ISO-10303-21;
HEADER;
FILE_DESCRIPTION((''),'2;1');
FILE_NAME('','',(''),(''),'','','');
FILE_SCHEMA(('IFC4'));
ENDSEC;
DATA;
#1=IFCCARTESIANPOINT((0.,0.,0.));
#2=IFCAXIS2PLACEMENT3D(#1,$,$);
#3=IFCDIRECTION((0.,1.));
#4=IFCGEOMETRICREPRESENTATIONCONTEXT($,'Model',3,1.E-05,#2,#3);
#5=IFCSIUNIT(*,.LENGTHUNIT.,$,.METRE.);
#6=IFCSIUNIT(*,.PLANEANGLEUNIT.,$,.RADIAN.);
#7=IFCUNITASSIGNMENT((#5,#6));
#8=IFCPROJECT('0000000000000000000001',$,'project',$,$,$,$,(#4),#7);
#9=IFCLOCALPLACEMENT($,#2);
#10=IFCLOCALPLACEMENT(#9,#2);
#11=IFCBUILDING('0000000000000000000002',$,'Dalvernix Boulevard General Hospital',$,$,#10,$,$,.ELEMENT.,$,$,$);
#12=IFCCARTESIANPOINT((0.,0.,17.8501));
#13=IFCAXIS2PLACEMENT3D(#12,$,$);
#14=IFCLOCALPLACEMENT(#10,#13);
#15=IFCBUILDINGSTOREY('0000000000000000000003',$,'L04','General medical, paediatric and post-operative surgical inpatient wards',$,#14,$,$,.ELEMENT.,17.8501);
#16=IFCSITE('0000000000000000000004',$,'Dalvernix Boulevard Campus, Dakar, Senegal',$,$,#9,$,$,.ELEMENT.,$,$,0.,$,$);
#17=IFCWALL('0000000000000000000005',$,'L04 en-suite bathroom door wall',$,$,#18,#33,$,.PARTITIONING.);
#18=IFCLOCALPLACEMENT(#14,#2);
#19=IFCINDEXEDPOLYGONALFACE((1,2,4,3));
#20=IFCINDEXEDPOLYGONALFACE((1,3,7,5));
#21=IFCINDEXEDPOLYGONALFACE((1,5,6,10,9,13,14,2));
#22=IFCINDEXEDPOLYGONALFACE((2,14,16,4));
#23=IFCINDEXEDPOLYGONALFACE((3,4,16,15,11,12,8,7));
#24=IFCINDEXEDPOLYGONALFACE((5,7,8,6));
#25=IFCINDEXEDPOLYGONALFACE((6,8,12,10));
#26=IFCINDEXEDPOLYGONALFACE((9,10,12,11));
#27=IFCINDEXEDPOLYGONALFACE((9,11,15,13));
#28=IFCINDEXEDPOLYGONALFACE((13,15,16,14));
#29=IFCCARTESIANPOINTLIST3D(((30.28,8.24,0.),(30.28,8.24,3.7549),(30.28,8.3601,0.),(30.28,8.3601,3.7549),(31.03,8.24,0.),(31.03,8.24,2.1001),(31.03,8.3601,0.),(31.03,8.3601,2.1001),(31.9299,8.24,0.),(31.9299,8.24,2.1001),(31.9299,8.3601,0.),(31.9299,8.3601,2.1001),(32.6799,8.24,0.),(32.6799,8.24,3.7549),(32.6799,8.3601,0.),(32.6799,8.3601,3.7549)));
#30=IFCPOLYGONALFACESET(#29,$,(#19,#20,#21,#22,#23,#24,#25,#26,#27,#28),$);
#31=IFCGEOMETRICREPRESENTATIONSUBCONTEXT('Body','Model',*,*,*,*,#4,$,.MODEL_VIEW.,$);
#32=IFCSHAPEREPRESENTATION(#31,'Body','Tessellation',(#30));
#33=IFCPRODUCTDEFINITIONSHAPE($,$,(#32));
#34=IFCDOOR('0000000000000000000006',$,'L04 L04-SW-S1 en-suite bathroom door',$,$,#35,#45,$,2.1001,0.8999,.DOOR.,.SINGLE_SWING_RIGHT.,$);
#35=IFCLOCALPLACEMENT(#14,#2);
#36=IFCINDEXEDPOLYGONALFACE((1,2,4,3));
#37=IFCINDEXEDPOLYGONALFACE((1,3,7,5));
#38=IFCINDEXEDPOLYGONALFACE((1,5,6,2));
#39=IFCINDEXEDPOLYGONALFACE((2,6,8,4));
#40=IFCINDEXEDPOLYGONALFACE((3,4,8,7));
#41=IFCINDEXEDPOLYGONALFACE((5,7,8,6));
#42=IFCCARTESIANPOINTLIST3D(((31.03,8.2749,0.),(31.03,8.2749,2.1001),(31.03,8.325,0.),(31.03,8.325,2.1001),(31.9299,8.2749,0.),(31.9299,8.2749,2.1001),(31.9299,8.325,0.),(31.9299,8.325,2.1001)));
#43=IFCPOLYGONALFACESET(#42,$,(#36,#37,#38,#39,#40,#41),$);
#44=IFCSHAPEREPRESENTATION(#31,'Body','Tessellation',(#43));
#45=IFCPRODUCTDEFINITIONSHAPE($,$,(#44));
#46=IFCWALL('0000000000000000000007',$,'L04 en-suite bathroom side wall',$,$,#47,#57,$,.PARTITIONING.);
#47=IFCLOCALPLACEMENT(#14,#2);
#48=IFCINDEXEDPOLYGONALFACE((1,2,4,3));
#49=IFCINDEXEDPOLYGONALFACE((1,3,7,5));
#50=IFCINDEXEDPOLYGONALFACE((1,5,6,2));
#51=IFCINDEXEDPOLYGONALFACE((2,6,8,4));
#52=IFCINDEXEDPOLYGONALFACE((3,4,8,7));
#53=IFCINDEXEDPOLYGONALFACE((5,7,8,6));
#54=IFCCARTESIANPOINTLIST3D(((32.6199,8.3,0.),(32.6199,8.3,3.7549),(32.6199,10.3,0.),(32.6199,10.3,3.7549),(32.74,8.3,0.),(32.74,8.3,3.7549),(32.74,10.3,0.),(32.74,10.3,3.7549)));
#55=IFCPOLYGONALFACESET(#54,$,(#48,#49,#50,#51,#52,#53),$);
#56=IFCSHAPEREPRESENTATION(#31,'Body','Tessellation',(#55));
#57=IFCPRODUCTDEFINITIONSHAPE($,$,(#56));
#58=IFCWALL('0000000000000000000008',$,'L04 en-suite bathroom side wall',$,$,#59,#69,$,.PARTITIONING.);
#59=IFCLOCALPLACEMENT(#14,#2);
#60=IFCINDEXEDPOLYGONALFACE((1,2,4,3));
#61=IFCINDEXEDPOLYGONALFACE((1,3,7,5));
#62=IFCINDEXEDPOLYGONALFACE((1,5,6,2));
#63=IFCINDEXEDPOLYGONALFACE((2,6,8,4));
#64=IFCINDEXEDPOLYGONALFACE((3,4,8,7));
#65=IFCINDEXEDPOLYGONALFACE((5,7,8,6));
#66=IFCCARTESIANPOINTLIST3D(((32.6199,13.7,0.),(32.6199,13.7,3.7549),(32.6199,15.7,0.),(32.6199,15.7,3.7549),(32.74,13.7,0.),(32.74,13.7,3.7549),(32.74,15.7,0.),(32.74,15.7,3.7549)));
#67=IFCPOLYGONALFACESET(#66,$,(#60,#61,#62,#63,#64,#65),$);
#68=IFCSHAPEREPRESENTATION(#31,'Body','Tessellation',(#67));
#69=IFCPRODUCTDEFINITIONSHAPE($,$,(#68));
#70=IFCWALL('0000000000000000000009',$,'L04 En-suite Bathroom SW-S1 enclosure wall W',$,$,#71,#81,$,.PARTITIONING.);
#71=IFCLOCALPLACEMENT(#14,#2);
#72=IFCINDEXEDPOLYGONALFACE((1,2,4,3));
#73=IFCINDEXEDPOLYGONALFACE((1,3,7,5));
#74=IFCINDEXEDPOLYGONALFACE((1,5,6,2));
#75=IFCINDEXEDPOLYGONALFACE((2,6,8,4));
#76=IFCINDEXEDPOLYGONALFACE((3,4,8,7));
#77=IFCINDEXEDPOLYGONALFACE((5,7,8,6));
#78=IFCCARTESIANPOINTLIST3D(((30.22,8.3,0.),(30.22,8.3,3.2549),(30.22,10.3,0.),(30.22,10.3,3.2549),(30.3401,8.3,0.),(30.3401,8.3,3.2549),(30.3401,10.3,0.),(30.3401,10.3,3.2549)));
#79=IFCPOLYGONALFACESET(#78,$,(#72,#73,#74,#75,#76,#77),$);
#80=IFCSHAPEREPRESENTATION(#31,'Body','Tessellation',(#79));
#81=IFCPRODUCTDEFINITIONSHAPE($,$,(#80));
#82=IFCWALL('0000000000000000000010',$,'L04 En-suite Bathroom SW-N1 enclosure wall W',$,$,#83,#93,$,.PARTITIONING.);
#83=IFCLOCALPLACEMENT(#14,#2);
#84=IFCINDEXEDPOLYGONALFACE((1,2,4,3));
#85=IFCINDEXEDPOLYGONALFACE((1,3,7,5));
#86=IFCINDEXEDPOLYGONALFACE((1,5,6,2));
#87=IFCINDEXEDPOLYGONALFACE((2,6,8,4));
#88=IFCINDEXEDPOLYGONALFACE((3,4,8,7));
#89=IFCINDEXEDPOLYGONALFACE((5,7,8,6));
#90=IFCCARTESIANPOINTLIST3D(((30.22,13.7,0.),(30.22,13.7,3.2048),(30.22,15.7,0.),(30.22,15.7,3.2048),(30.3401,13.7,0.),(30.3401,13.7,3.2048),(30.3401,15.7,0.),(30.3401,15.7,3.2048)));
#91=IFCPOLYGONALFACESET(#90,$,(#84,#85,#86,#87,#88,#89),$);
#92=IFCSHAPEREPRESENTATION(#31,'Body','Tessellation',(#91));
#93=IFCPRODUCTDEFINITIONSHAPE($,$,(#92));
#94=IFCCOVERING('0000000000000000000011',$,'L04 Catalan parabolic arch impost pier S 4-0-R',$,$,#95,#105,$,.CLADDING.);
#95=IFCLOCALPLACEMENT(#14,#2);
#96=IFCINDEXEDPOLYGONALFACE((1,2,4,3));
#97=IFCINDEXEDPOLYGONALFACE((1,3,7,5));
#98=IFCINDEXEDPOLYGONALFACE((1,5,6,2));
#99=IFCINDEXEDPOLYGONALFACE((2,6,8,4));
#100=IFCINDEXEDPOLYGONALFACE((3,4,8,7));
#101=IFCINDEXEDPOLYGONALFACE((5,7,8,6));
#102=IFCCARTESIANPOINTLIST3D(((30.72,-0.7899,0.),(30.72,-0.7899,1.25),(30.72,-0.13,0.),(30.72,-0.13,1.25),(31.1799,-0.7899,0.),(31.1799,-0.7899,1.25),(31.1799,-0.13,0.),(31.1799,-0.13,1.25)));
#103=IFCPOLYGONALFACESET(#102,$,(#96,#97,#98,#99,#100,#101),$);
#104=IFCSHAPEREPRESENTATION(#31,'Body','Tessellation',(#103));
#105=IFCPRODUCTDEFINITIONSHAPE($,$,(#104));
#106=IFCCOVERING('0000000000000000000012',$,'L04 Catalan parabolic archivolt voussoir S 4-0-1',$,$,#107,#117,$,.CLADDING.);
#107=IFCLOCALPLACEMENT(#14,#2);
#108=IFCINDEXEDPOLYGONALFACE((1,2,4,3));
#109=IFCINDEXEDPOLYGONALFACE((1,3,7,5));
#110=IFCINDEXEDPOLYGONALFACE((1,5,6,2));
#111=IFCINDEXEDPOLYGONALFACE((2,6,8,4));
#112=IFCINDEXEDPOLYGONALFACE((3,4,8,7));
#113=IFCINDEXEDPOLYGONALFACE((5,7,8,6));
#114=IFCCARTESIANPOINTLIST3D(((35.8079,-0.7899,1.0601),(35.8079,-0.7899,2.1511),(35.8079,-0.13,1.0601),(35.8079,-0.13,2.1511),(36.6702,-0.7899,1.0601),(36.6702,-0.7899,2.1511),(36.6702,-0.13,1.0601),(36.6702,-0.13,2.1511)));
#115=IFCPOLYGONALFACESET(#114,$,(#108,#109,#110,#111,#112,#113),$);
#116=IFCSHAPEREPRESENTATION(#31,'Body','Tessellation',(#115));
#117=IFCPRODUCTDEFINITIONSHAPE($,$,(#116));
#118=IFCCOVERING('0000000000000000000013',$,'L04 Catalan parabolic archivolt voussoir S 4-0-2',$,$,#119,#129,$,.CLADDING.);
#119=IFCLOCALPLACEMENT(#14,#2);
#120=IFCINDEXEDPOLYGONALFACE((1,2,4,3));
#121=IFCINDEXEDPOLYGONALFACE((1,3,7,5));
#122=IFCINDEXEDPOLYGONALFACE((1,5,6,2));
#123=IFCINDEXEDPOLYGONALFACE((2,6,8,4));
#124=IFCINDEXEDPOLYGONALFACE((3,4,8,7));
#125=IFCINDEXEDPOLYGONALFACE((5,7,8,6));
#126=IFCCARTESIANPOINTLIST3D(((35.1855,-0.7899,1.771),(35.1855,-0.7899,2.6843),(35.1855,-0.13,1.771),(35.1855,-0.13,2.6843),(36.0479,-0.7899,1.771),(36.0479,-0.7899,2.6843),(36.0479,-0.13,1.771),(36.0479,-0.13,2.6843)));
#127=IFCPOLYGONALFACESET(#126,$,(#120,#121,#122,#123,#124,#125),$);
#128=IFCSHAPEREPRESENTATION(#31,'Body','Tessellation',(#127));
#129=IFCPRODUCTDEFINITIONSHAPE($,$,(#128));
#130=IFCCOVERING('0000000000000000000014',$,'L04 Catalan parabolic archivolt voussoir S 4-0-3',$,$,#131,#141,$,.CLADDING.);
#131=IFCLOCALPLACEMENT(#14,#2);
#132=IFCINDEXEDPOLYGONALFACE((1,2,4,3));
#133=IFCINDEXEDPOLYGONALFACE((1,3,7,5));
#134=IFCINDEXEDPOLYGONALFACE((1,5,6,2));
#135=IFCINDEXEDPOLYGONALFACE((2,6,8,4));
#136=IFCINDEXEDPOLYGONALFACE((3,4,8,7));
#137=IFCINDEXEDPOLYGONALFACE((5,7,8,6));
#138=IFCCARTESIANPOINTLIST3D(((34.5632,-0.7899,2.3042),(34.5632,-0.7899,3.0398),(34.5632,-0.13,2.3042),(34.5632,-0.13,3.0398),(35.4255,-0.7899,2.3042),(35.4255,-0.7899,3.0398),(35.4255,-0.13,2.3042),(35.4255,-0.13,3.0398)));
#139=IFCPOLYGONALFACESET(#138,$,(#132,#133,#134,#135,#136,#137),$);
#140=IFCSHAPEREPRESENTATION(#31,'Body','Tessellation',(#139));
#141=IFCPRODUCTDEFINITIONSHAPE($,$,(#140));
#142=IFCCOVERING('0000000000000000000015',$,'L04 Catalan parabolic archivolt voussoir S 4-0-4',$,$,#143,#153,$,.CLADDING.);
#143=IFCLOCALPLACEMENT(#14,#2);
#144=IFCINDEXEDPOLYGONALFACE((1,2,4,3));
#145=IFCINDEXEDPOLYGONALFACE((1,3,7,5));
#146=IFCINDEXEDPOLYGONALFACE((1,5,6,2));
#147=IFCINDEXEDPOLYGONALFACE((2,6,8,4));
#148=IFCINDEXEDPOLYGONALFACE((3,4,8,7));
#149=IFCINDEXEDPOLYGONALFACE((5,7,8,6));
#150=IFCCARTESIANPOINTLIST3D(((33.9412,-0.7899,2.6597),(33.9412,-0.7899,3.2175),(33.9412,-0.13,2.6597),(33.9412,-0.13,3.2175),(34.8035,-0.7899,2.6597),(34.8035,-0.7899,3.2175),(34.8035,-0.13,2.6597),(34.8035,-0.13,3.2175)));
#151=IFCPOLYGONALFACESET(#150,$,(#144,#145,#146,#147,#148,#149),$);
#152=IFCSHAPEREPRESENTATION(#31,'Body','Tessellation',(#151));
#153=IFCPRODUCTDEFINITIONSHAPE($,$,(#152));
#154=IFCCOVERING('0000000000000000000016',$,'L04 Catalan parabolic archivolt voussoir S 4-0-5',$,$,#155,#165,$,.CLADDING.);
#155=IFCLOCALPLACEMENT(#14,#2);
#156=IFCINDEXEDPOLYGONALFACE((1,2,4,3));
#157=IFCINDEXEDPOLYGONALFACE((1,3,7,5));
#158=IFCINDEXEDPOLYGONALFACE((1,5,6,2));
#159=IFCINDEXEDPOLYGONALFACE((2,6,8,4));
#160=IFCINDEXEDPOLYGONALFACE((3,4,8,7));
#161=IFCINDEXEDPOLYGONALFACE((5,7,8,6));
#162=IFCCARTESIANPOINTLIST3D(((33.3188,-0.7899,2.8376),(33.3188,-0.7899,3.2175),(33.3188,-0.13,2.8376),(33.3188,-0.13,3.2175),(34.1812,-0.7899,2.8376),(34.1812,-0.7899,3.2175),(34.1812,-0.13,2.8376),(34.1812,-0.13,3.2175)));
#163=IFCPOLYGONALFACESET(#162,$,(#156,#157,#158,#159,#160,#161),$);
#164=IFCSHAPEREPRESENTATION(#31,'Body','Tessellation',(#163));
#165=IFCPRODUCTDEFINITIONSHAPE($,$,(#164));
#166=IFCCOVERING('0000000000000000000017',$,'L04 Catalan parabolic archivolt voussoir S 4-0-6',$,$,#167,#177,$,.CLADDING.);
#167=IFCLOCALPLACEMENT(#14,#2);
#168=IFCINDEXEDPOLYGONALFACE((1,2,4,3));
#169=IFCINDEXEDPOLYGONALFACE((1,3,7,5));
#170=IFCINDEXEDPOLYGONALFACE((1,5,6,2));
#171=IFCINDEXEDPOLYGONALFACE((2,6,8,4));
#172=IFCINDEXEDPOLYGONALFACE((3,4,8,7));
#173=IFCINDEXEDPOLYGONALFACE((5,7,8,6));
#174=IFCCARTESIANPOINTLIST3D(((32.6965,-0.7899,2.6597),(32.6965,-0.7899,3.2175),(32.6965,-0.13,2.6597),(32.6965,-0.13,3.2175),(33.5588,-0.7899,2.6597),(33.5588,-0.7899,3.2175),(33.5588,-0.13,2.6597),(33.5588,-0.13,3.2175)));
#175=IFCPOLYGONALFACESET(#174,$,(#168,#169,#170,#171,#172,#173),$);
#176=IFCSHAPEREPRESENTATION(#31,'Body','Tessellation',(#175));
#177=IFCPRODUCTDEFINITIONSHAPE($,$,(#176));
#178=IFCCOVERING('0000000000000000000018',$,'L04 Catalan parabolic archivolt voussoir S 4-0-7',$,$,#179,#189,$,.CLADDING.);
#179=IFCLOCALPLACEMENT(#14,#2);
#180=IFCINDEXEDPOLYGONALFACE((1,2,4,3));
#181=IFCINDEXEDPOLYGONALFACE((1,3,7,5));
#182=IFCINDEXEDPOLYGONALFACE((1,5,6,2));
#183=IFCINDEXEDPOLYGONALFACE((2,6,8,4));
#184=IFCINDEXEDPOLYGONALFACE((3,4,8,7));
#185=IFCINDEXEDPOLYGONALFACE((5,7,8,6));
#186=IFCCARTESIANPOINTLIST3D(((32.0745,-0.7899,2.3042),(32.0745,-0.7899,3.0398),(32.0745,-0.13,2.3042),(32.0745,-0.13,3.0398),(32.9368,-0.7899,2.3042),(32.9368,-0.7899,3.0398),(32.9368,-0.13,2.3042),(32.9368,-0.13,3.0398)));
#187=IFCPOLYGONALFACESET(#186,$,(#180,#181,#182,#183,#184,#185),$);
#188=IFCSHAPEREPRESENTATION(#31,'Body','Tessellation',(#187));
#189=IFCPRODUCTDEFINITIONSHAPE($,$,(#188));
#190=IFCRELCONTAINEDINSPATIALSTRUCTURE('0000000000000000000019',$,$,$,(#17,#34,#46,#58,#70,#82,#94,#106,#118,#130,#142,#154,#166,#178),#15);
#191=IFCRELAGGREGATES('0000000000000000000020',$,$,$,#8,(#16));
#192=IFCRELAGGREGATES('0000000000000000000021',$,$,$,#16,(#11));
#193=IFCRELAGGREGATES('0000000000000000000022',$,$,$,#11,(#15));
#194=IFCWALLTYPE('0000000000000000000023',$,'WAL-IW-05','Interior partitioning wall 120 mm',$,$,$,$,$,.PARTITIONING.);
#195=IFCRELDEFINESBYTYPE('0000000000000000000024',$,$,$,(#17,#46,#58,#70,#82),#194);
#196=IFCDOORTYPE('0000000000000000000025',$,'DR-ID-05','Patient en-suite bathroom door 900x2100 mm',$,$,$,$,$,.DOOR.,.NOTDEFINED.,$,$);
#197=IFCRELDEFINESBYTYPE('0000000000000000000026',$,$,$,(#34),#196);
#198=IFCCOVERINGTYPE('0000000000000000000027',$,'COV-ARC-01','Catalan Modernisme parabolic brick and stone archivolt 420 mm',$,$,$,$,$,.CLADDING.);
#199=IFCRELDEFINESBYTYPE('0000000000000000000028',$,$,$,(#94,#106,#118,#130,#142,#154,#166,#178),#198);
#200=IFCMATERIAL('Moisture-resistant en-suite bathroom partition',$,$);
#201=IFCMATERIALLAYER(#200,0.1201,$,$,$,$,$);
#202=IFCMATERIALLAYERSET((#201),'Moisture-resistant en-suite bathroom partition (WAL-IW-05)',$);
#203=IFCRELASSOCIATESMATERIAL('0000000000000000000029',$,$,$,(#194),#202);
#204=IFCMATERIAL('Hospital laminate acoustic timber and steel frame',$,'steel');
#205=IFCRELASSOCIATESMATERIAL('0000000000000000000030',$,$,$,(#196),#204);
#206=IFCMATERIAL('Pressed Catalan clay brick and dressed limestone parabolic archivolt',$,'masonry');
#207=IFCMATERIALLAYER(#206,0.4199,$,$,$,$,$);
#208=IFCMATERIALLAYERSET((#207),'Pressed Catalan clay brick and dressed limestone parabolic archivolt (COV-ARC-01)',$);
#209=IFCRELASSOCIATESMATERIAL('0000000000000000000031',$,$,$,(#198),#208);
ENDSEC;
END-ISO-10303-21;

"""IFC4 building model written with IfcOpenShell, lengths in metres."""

from ifc_helpers import new_model, si_unit, direction, frame, frame_2d, origin, origin_2d, place, context, subcontext, project, spatial, rectangle, extrude, material, layer, layer_set, type_object, element, fill, save


model = new_model("IFC4")

# Units and contexts
model_context = context("Model", 3, precision=1e-05, world=origin(), true_north=direction((0.0, 1.0)))
body_context = subcontext(model_context, "Body", "Model", "MODEL_VIEW")
ifc_project = project(units=[si_unit("LENGTHUNIT", "METRE"), si_unit("PLANEANGLEUNIT", "RADIAN")], contexts=[model_context])

# Site, building, storey
site_placement = place(None, origin())
site = spatial("IfcSite", under=ifc_project, at=site_placement, Name="Dalvernix Boulevard Campus, Dakar, Senegal", CompositionType="ELEMENT", RefElevation=0.0)
building_placement = place(site_placement, origin())
building = spatial("IfcBuilding", under=site, at=building_placement, Name="Dalvernix Boulevard General Hospital", CompositionType="ELEMENT")
storey_placement = place(building_placement, frame((0.0, 0.0, 17.8501)))
storey = spatial("IfcBuildingStorey", under=building, at=storey_placement, Name="L04", Description="General medical, paediatric and post-operative surgical inpatient wards", CompositionType="ELEMENT", Elevation=17.8501)

# Wall, opening, door
ifc_material_1 = material(Name="Hospital laminate acoustic timber and steel frame", Category="steel")
ifc_material_2 = material(Name="Moisture-resistant en-suite bathroom partition")
ifc_layer_1 = layer(ifc_material_2, 0.1201)
ifc_layer_set_1 = layer_set([ifc_layer_1], Name="Moisture-resistant en-suite bathroom partition (WAL-IW-05)")
wall_type_1 = type_object("IfcWallType", Name="WAL-IW-05", Description="Interior partitioning wall 120 mm", PredefinedType="PARTITIONING", material=ifc_layer_set_1)
wall_1_placement = place(storey_placement, frame((30.28, 8.3, 0.0), z_axis=(0.0, 0.0, 1.0), x_axis=(1.0, 0.0, 0.0)))
wall_1 = element("IfcWall", 1, at=wall_1_placement, inside=storey, type_object=wall_type_1, Name="L04 en-suite bathroom door wall", PredefinedType="PARTITIONING", context=body_context, shape_type="SweptSolid", body=[
    extrude(rectangle(XDim=2.3999, YDim=0.1201, at=frame_2d((1.2, 0.0))), origin(), (0.0, 0.0, 1.0), 3.7549),
])
opening_1_placement = place(wall_1_placement, frame((0.75, 0.0, 0.0)))
opening_1 = element("IfcOpeningElement", 2, at=opening_1_placement, cuts=wall_1, PredefinedType="OPENING", context=body_context, shape_type="SweptSolid", body=[
    extrude(rectangle(XDim=0.8999, YDim=2.1001, at=frame_2d((0.45, 1.05))), frame((0.0, 0.0701, 0.0), z_axis=(0.0, -1.0, 0.0), x_axis=(1.0, 0.0, 0.0)), (0.0, 0.0, 1.0), 0.1401),
])
door_type_1 = type_object("IfcDoorType", Name="DR-ID-05", Description="Patient en-suite bathroom door 900x2100 mm", OperationType="NOTDEFINED", PredefinedType="DOOR", material=ifc_material_1)
door_1_placement = place(opening_1_placement, origin())
door_1 = element("IfcDoor", 3, at=door_1_placement, inside=storey, type_object=door_type_1, Name="L04 L04-SW-S1 en-suite bathroom door", OperationType="SINGLE_SWING_RIGHT", OverallHeight=2.1001, OverallWidth=0.8999, PredefinedType="DOOR", context=body_context, shape_type="SweptSolid", body=[
    extrude(rectangle(XDim=0.8999, YDim=2.1001, at=frame_2d((0.45, 1.05))), frame((0.0, 0.0249, 0.0), z_axis=(0.0, -1.0, 0.0), x_axis=(1.0, 0.0, 0.0)), (0.0, 0.0, 1.0), 0.05),
])
fill(opening_1, door_1)

# Walls
for number, where, z_axis, x_axis, name in (
    (4, (32.6799, 8.3, 0.0), (0.0, 0.0, 1.0), (0.0, 1.0, 0.0), "L04 en-suite bathroom side wall"),
    (5, (32.6799, 13.7, 0.0), (0.0, 0.0, 1.0), (0.0, 1.0, 0.0), "L04 en-suite bathroom side wall"),
):
    element("IfcWall", number, at=place(storey_placement, frame(where, z_axis=z_axis, x_axis=x_axis)), inside=storey, type_object=wall_type_1, Name=name, PredefinedType="PARTITIONING", context=body_context, shape_type="SweptSolid", body=[
        extrude(rectangle(XDim=2.0, YDim=0.1201, at=frame_2d((1.0, 0.0))), origin(), (0.0, 0.0, 1.0), 3.7549),
    ])
wall_2_placement = place(storey_placement, frame((30.28, 8.3, 0.0), z_axis=(0.0, 0.0, 1.0), x_axis=(0.0, 1.0, 0.0)))
element("IfcWall", 6, at=wall_2_placement, inside=storey, type_object=wall_type_1, Name="L04 En-suite Bathroom SW-S1 enclosure wall W", PredefinedType="PARTITIONING", context=body_context, shape_type="SweptSolid", body=[
    extrude(rectangle(XDim=2.0, YDim=0.1201, at=frame_2d((1.0, 0.0))), origin(), (0.0, 0.0, 1.0), 3.2549),
])
wall_3_placement = place(storey_placement, frame((30.28, 13.7, 0.0), z_axis=(0.0, 0.0, 1.0), x_axis=(0.0, 1.0, 0.0)))
element("IfcWall", 7, at=wall_3_placement, inside=storey, type_object=wall_type_1, Name="L04 En-suite Bathroom SW-N1 enclosure wall W", PredefinedType="PARTITIONING", context=body_context, shape_type="SweptSolid", body=[
    extrude(rectangle(XDim=2.0, YDim=0.1201, at=frame_2d((1.0, 0.0))), origin(), (0.0, 0.0, 1.0), 3.2048),
])

# Coverings
ifc_material_3 = material(Name="Pressed Catalan clay brick and dressed limestone parabolic archivolt", Category="masonry")
ifc_layer_2 = layer(ifc_material_3, 0.4199)
ifc_layer_set_2 = layer_set([ifc_layer_2], Name="Pressed Catalan clay brick and dressed limestone parabolic archivolt (COV-ARC-01)")
covering_type_1 = type_object("IfcCoveringType", Name="COV-ARC-01", Description="Catalan Modernisme parabolic brick and stone archivolt 420 mm", PredefinedType="CLADDING", material=ifc_layer_set_2)
covering_1_placement = place(storey_placement, frame((30.95, -0.46, 0.0), z_axis=(0.0, 0.0, 1.0), x_axis=(-1.0, 0.0, 0.0)))
element("IfcCovering", 8, at=covering_1_placement, inside=storey, type_object=covering_type_1, Name="L04 Catalan parabolic arch impost pier S 4-0-R", PredefinedType="CLADDING", context=body_context, shape_type="SweptSolid", body=[
    extrude(rectangle(XDim=0.46, YDim=0.6599, at=origin_2d()), origin(), (0.0, 0.0, 1.0), 1.25),
])
covering_2_placement = place(storey_placement, frame((36.239, -0.46, 1.0601), z_axis=(0.0, 0.0, 1.0), x_axis=(-1.0, 0.0, 0.0)))
element("IfcCovering", 9, at=covering_2_placement, inside=storey, type_object=covering_type_1, Name="L04 Catalan parabolic archivolt voussoir S 4-0-1", PredefinedType="CLADDING", context=body_context, shape_type="SweptSolid", body=[
    extrude(rectangle(XDim=0.8623, YDim=0.6599, at=origin_2d()), origin(), (0.0, 0.0, 1.0), 1.0911),
])
covering_3_placement = place(storey_placement, frame((35.6167, -0.46, 1.771), z_axis=(0.0, 0.0, 1.0), x_axis=(-1.0, 0.0, 0.0)))
element("IfcCovering", 10, at=covering_3_placement, inside=storey, type_object=covering_type_1, Name="L04 Catalan parabolic archivolt voussoir S 4-0-2", PredefinedType="CLADDING", context=body_context, shape_type="SweptSolid", body=[
    extrude(rectangle(XDim=0.8623, YDim=0.6599, at=origin_2d()), origin(), (0.0, 0.0, 1.0), 0.9133),
])
covering_4_placement = place(storey_placement, frame((34.9944, -0.46, 2.3042), z_axis=(0.0, 0.0, 1.0), x_axis=(-1.0, 0.0, 0.0)))
element("IfcCovering", 11, at=covering_4_placement, inside=storey, type_object=covering_type_1, Name="L04 Catalan parabolic archivolt voussoir S 4-0-3", PredefinedType="CLADDING", context=body_context, shape_type="SweptSolid", body=[
    extrude(rectangle(XDim=0.8623, YDim=0.6599, at=origin_2d()), origin(), (0.0, 0.0, 1.0), 0.7356),
])
covering_5_placement = place(storey_placement, frame((34.3723, -0.46, 2.6597), z_axis=(0.0, 0.0, 1.0), x_axis=(-1.0, 0.0, 0.0)))
element("IfcCovering", 12, at=covering_5_placement, inside=storey, type_object=covering_type_1, Name="L04 Catalan parabolic archivolt voussoir S 4-0-4", PredefinedType="CLADDING", context=body_context, shape_type="SweptSolid", body=[
    extrude(rectangle(XDim=0.8623, YDim=0.6599, at=origin_2d()), origin(), (0.0, 0.0, 1.0), 0.5579),
])
covering_6_placement = place(storey_placement, frame((33.75, -0.46, 2.8376), z_axis=(0.0, 0.0, 1.0), x_axis=(-1.0, 0.0, 0.0)))
element("IfcCovering", 13, at=covering_6_placement, inside=storey, type_object=covering_type_1, Name="L04 Catalan parabolic archivolt voussoir S 4-0-5", PredefinedType="CLADDING", context=body_context, shape_type="SweptSolid", body=[
    extrude(rectangle(XDim=0.8623, YDim=0.6599, at=origin_2d()), origin(), (0.0, 0.0, 1.0), 0.3799),
])
covering_7_placement = place(storey_placement, frame((33.1277, -0.46, 2.6597), z_axis=(0.0, 0.0, 1.0), x_axis=(-1.0, 0.0, 0.0)))
element("IfcCovering", 14, at=covering_7_placement, inside=storey, type_object=covering_type_1, Name="L04 Catalan parabolic archivolt voussoir S 4-0-6", PredefinedType="CLADDING", context=body_context, shape_type="SweptSolid", body=[
    extrude(rectangle(XDim=0.8623, YDim=0.6599, at=origin_2d()), origin(), (0.0, 0.0, 1.0), 0.5579),
])
covering_8_placement = place(storey_placement, frame((32.5056, -0.46, 2.3042), z_axis=(0.0, 0.0, 1.0), x_axis=(-1.0, 0.0, 0.0)))
element("IfcCovering", 15, at=covering_8_placement, inside=storey, type_object=covering_type_1, Name="L04 Catalan parabolic archivolt voussoir S 4-0-7", PredefinedType="CLADDING", context=body_context, shape_type="SweptSolid", body=[
    extrude(rectangle(XDim=0.8623, YDim=0.6599, at=origin_2d()), origin(), (0.0, 0.0, 1.0), 0.7356),
])

save(model, "model.ifc")
